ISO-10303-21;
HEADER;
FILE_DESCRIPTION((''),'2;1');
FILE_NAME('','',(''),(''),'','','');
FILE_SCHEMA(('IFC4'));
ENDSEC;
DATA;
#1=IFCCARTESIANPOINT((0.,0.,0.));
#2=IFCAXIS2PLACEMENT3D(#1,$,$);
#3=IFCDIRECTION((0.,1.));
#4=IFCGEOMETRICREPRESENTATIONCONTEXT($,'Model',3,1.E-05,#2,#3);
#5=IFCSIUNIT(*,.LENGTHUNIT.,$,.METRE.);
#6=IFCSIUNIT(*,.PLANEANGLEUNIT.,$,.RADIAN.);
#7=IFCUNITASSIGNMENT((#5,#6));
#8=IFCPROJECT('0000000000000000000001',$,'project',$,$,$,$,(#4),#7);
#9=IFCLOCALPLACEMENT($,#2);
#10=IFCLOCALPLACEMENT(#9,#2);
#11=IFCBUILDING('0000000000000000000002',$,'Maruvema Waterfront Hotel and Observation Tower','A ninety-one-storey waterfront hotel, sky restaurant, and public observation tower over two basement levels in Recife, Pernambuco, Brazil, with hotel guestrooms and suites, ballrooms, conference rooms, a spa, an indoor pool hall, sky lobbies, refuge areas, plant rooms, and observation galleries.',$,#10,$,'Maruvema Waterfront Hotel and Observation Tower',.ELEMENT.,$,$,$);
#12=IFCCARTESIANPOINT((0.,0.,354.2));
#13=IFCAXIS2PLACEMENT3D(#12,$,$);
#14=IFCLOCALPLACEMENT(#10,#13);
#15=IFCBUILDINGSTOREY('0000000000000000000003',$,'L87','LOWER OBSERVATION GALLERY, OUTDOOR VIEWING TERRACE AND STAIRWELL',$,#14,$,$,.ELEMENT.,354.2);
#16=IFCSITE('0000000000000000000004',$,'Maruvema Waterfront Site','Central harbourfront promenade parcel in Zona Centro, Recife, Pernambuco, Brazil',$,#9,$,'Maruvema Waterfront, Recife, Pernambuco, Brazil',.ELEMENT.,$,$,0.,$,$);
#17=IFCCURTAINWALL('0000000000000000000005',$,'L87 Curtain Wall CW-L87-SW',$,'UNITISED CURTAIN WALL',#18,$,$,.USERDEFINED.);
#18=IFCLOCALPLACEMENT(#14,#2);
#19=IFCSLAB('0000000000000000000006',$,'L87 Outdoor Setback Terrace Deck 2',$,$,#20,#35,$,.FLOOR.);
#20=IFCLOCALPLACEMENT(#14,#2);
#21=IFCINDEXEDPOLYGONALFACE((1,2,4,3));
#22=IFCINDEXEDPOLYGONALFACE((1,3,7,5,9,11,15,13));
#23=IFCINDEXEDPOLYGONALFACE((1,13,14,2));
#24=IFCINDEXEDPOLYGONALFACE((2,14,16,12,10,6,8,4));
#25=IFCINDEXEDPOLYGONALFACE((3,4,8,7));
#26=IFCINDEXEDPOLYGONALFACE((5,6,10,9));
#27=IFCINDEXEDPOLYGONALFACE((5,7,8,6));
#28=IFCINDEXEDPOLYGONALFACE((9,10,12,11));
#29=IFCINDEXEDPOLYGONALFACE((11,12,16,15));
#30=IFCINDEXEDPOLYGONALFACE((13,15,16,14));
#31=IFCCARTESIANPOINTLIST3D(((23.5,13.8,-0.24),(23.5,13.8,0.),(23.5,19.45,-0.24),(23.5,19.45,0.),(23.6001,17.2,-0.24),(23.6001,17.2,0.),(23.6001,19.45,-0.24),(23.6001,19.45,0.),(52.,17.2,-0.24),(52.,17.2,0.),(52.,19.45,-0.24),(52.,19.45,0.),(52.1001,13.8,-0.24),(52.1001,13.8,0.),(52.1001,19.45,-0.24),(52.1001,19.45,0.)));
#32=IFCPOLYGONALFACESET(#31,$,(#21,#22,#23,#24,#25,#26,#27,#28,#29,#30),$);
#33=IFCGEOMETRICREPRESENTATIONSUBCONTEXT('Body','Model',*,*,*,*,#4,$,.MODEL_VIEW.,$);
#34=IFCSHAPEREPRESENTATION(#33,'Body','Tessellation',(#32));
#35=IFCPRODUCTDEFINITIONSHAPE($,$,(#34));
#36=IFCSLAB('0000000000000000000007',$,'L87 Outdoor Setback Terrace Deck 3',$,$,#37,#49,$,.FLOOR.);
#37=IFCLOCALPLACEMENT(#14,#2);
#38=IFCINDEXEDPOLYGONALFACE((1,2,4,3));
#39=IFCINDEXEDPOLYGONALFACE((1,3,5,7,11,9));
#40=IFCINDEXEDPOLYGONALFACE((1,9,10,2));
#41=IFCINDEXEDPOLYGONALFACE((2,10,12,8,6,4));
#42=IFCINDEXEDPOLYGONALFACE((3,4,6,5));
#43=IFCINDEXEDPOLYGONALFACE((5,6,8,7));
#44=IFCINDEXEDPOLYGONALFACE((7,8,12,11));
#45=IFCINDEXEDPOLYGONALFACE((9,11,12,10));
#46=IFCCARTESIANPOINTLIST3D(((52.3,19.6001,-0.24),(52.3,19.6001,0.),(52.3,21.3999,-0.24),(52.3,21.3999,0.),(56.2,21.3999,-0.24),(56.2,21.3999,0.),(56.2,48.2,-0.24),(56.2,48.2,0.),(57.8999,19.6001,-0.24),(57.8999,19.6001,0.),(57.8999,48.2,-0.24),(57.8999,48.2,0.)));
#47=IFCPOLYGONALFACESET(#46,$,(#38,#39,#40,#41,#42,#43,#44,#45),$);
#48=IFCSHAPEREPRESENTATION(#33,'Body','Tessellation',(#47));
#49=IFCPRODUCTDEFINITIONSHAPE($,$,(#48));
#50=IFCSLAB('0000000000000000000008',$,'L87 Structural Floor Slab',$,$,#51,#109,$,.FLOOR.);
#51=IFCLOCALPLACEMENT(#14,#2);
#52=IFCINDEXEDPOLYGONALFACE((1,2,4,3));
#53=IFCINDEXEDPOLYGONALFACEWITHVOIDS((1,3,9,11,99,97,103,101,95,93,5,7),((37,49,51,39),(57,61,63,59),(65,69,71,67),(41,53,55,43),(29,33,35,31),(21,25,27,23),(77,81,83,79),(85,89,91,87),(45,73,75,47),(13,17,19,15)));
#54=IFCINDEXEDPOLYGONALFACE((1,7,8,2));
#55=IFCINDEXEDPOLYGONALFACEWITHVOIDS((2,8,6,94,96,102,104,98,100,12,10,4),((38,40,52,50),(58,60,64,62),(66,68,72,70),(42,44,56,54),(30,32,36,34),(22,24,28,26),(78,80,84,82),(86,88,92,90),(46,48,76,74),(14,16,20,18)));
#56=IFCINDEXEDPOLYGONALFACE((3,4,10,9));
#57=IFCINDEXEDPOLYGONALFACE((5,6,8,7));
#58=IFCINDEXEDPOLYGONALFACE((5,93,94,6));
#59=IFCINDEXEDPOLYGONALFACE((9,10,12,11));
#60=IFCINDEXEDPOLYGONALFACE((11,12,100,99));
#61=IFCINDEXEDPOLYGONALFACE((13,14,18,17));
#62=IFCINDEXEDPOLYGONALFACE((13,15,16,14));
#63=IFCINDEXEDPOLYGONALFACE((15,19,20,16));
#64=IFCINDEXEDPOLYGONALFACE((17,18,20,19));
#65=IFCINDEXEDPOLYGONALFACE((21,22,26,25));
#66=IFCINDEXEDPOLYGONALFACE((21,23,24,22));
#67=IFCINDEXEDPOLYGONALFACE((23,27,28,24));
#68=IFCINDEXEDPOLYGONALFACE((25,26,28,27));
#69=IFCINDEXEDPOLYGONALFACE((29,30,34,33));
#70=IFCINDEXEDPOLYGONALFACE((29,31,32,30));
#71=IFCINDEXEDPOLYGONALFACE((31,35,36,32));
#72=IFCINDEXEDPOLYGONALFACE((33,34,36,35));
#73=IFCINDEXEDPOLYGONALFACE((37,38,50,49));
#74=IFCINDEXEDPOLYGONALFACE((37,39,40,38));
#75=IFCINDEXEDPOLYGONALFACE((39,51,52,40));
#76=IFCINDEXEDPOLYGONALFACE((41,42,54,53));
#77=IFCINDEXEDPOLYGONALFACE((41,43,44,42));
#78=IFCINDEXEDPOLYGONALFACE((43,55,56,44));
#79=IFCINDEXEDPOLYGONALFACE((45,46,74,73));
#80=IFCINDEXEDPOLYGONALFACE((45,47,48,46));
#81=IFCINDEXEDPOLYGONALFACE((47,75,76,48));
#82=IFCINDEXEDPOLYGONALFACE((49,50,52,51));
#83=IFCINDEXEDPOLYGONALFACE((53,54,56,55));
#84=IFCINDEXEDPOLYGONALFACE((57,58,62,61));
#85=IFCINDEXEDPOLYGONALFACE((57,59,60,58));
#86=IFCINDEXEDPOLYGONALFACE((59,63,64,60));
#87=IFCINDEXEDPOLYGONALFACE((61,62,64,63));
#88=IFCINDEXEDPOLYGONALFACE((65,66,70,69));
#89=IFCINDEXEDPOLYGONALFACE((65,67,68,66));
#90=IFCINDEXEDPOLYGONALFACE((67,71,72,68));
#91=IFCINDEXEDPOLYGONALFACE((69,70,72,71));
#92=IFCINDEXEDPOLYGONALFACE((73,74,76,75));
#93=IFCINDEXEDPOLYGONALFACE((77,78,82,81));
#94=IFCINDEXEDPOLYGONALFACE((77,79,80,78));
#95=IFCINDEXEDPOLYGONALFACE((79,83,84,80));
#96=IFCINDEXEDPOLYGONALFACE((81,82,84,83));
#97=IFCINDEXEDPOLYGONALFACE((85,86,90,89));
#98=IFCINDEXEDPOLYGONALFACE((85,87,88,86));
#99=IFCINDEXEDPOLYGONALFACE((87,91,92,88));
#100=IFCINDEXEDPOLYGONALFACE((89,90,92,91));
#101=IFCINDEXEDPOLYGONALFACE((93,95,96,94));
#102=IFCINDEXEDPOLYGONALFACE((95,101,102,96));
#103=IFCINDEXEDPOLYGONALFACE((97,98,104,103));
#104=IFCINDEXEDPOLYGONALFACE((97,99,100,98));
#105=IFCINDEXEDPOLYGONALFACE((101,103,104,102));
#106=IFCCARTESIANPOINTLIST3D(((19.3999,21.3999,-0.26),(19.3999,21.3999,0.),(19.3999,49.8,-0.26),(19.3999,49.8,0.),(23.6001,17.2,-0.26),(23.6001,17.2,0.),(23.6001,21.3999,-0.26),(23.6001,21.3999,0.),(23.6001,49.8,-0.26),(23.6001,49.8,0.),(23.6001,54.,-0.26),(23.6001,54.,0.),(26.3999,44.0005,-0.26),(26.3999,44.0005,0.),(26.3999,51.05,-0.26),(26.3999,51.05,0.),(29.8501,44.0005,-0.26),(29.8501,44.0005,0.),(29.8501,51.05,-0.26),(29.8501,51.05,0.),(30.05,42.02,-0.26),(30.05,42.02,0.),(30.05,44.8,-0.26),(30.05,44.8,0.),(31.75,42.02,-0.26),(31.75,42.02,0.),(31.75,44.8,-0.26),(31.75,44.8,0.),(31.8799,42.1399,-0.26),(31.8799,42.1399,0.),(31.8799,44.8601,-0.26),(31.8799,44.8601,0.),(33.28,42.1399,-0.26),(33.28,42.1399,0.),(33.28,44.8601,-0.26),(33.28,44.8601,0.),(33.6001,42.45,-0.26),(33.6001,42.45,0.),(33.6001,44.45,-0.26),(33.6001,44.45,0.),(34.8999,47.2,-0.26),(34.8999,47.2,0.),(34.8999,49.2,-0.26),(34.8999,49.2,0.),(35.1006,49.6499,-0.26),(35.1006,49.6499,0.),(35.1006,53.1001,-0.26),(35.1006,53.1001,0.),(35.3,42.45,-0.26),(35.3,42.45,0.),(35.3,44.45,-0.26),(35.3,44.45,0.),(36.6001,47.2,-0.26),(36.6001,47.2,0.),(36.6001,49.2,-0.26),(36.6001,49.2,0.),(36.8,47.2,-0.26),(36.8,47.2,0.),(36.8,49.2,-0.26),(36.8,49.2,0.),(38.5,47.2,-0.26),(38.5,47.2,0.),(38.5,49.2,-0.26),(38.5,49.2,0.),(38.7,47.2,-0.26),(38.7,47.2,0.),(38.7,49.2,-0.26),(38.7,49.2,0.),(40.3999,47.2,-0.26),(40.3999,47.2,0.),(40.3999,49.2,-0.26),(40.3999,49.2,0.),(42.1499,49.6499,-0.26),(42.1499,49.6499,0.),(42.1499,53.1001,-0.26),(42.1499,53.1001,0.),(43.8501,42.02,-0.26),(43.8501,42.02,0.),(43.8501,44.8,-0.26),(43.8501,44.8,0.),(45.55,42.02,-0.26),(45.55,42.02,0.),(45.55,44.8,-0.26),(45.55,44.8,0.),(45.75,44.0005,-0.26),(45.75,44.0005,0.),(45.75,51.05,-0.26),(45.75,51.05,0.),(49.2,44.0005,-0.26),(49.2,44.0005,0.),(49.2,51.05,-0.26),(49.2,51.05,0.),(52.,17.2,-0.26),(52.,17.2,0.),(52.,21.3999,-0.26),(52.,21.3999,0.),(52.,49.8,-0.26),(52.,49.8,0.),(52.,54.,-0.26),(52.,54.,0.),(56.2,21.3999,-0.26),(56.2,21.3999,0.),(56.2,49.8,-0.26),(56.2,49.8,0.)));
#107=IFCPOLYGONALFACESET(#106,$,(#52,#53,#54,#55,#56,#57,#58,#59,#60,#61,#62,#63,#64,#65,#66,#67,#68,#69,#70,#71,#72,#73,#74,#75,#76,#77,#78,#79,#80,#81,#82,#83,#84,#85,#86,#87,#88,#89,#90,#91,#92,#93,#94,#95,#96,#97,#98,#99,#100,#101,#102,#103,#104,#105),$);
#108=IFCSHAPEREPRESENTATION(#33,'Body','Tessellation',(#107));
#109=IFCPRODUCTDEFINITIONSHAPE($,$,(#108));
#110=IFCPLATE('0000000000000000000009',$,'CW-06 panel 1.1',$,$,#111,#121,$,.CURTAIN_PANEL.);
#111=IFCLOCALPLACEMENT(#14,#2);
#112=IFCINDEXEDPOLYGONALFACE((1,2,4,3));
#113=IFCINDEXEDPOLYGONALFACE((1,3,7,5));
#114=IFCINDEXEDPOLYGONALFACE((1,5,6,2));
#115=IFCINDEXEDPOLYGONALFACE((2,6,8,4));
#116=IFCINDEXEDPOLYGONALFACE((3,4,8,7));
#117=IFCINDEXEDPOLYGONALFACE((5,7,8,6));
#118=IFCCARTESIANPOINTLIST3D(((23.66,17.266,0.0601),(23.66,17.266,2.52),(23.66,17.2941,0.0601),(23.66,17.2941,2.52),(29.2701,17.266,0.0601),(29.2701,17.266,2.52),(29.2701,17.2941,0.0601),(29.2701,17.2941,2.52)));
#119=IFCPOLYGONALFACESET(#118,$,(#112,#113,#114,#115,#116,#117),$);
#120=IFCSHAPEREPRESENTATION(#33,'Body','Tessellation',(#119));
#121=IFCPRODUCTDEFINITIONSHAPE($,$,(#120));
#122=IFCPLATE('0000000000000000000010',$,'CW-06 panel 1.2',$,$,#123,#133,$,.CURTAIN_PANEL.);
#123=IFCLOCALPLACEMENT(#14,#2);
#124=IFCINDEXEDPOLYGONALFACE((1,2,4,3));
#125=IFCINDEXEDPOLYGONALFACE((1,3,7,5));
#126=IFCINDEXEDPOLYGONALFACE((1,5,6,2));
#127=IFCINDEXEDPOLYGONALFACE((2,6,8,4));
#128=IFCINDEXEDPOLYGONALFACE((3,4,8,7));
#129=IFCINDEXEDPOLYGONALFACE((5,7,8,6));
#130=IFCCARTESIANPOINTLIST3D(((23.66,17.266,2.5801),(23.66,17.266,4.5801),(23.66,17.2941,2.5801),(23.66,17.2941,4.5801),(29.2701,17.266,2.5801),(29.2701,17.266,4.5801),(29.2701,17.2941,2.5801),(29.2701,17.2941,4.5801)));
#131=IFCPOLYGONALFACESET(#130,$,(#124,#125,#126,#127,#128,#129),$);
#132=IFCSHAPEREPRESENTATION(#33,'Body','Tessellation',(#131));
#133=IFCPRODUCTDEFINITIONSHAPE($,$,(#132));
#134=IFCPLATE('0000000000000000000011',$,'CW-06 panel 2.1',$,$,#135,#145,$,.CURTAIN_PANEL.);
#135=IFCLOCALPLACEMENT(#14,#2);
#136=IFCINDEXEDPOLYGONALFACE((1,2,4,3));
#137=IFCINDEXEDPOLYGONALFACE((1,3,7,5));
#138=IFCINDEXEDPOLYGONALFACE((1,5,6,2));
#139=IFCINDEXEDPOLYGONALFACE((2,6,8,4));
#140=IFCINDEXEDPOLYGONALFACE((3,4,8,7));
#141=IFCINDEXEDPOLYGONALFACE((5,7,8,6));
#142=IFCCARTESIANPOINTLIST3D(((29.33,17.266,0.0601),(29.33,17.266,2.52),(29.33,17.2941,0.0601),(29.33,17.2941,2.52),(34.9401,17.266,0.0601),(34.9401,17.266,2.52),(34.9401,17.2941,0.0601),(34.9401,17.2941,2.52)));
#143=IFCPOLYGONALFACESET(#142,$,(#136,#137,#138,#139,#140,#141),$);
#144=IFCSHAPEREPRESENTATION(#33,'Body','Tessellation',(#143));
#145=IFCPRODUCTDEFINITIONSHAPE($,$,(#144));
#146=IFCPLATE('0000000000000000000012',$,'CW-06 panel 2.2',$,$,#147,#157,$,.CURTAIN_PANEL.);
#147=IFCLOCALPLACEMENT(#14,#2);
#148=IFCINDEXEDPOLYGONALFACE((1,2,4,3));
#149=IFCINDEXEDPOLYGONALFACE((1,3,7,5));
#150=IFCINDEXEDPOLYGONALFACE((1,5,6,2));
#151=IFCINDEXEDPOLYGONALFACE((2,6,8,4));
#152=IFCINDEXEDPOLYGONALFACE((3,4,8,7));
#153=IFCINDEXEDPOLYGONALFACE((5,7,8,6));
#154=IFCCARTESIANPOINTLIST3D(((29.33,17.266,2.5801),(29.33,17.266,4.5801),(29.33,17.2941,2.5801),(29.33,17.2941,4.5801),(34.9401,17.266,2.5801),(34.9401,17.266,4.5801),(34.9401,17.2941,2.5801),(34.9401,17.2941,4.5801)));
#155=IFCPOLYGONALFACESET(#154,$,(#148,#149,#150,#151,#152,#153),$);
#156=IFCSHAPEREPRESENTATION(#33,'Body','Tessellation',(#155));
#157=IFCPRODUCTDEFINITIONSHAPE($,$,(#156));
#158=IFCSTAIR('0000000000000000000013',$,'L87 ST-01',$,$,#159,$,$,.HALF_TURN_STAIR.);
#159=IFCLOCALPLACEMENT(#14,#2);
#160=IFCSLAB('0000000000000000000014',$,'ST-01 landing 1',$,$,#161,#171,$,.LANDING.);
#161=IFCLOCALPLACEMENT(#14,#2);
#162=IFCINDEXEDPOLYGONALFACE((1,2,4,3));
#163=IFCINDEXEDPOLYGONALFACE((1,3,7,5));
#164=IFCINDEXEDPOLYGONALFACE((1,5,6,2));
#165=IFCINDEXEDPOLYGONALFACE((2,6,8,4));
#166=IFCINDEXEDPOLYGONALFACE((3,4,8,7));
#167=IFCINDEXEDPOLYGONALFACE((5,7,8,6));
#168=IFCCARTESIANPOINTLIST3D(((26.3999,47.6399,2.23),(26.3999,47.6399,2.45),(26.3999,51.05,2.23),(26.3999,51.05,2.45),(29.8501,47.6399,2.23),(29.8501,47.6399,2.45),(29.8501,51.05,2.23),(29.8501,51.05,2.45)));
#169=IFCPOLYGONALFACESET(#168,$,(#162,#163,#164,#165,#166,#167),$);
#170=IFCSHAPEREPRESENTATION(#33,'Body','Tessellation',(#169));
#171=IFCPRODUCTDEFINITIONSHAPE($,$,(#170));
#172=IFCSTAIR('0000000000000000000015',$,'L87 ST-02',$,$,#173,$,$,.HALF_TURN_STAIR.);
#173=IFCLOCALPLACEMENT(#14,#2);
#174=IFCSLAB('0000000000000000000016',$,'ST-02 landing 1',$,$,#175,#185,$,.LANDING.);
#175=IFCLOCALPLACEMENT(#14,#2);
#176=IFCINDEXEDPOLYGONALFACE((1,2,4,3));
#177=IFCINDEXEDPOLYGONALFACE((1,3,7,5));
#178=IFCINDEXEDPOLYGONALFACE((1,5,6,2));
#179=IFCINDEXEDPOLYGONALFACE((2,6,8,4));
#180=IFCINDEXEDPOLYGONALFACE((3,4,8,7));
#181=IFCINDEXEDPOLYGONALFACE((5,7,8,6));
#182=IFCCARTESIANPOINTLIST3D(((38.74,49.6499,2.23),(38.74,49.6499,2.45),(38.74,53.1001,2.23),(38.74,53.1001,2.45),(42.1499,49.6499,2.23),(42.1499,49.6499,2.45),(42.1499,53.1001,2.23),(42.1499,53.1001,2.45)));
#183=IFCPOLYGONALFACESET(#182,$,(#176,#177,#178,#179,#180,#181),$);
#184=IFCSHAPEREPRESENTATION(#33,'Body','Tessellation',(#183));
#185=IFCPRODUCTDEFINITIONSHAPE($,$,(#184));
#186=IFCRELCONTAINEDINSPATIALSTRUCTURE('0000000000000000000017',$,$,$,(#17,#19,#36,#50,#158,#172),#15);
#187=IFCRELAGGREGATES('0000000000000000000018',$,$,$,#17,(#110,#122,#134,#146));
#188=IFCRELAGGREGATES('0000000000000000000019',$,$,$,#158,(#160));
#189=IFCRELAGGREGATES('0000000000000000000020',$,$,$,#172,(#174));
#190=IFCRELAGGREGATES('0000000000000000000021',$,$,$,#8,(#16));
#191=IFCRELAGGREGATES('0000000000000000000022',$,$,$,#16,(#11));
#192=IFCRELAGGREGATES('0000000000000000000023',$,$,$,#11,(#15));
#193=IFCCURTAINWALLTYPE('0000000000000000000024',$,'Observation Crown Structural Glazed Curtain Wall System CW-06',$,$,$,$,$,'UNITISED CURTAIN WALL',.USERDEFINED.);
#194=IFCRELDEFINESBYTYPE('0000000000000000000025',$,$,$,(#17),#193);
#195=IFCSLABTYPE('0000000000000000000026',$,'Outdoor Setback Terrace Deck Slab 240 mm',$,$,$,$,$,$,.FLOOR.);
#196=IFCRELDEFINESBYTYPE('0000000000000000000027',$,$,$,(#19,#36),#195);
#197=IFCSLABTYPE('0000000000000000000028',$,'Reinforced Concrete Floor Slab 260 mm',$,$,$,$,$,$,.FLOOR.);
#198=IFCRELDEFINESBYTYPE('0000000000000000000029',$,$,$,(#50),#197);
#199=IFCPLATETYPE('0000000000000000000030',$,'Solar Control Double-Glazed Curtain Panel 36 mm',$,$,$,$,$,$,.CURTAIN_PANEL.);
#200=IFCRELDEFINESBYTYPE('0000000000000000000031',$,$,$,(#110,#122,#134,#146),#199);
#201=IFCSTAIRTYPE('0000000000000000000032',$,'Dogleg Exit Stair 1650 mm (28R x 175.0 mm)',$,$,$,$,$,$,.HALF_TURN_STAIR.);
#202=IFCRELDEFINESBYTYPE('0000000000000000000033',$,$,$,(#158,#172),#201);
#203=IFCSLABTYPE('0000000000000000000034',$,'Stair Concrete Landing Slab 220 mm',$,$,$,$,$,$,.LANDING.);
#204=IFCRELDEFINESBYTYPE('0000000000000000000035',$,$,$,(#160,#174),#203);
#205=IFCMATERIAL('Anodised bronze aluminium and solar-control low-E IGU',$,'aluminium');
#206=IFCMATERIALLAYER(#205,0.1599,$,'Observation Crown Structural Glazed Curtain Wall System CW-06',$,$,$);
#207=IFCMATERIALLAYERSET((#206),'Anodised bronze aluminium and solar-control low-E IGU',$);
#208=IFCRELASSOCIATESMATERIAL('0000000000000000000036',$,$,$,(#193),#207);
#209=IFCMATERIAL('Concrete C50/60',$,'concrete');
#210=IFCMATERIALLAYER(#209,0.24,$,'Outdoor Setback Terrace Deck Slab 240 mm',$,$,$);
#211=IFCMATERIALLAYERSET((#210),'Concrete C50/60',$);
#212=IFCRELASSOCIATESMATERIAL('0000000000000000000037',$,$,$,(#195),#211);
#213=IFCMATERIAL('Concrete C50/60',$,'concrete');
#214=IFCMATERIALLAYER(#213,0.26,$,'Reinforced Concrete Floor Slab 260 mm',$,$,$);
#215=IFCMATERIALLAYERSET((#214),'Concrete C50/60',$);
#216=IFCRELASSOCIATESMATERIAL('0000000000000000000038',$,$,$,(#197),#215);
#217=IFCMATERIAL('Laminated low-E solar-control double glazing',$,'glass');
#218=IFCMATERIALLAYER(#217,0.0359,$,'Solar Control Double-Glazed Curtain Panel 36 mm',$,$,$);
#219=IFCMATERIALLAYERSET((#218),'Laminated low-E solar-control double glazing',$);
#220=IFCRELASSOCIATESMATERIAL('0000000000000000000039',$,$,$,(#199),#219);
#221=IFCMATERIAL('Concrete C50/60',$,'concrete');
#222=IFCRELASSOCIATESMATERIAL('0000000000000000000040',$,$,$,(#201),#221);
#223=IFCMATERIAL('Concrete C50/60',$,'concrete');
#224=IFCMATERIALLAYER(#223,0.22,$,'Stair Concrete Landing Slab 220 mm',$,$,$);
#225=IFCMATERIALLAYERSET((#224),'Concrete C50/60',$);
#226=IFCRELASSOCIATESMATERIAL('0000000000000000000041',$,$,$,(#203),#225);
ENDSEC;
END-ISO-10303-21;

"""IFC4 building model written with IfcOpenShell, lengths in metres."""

from ifc_helpers import new_model, si_unit, direction, frame, origin, origin_2d, place, context, subcontext, project, spatial, polyline, rectangle, outline, extrude, material, layer, layer_set, type_object, element, aggregate, save


model = new_model("IFC4")

# Units and contexts
model_context = context("Model", 3, precision=1e-05, world=origin(), true_north=direction((0.0, 1.0)))
body_context = subcontext(model_context, "Body", "Model", "MODEL_VIEW")
ifc_project = project(units=[si_unit("LENGTHUNIT", "METRE"), si_unit("PLANEANGLEUNIT", "RADIAN")], contexts=[model_context])

# Site, building, storey
site_placement = place(None, origin())
site = spatial("IfcSite", under=ifc_project, at=site_placement, Name="Maruvema Waterfront Site", Description="Central harbourfront promenade parcel in Zona Centro, Recife, Pernambuco, Brazil", LongName="Maruvema Waterfront, Recife, Pernambuco, Brazil", CompositionType="ELEMENT", RefElevation=0.0)
building_placement = place(site_placement, origin())
building = spatial("IfcBuilding", under=site, at=building_placement, Name="Maruvema Waterfront Hotel and Observation Tower", Description="A ninety-one-storey waterfront hotel, sky restaurant, and public observation tower over two basement levels in Recife, Pernambuco, Brazil, with hotel guestrooms and suites, ballrooms, conference rooms, a spa, an indoor pool hall, sky lobbies, refuge areas, plant rooms, and observation galleries.", LongName="Maruvema Waterfront Hotel and Observation Tower", CompositionType="ELEMENT")
storey_placement = place(building_placement, frame((0.0, 0.0, 354.2)))
storey = spatial("IfcBuildingStorey", under=building, at=storey_placement, Name="L87", Description="LOWER OBSERVATION GALLERY, OUTDOOR VIEWING TERRACE AND STAIRWELL", CompositionType="ELEMENT", Elevation=354.2)

# Curtain wall
ifc_material_1 = material(Name="Anodised bronze aluminium and solar-control low-E IGU", Category="aluminium")
ifc_layer_1 = layer(ifc_material_1, 0.1599, Name="Observation Crown Structural Glazed Curtain Wall System CW-06")
ifc_layer_set_1 = layer_set([ifc_layer_1], Name="Anodised bronze aluminium and solar-control low-E IGU")
curtain_wall_type = type_object("IfcCurtainWallType", Name="Observation Crown Structural Glazed Curtain Wall System CW-06", ElementType="UNITISED CURTAIN WALL", PredefinedType="USERDEFINED", material=ifc_layer_set_1)
curtain_wall_placement = place(storey_placement, origin())
curtain_wall = element("IfcCurtainWall", 1, at=curtain_wall_placement, inside=storey, type_object=curtain_wall_type, Name="L87 Curtain Wall CW-L87-SW", ObjectType="UNITISED CURTAIN WALL", PredefinedType="USERDEFINED")

# Slabs
ifc_material_2 = material(Name="Concrete C50/60", Category="concrete")
ifc_layer_2 = layer(ifc_material_2, 0.24, Name="Outdoor Setback Terrace Deck Slab 240 mm")
ifc_layer_set_2 = layer_set([ifc_layer_2], Name="Concrete C50/60")
slab_type_1 = type_object("IfcSlabType", Name="Outdoor Setback Terrace Deck Slab 240 mm", PredefinedType="FLOOR", material=ifc_layer_set_2)
slab_1_placement = place(storey_placement, frame((0.0, 0.0, -0.24)))
element("IfcSlab", 2, at=slab_1_placement, inside=storey, type_object=slab_type_1, Name="L87 Outdoor Setback Terrace Deck 2", PredefinedType="FLOOR", context=body_context, shape_type="SweptSolid", body=[
    extrude(outline(polyline([(52.1001, 13.8), (23.5, 13.8), (23.5, 19.45), (23.6001, 19.45), (23.6001, 17.2), (52.0, 17.2), (52.0, 19.45), (52.1001, 19.45), (52.1001, 13.8)])), origin(), (0.0, 0.0, 1.0), 0.24),
])
slab_2_placement = place(storey_placement, frame((0.0, 0.0, -0.24)))
element("IfcSlab", 3, at=slab_2_placement, inside=storey, type_object=slab_type_1, Name="L87 Outdoor Setback Terrace Deck 3", PredefinedType="FLOOR", context=body_context, shape_type="SweptSolid", body=[
    extrude(outline(polyline([(52.3, 19.6001), (52.3, 21.3999), (56.2, 21.3999), (56.2, 48.2), (57.8999, 48.2), (57.8999, 19.6001), (52.3, 19.6001)])), origin(), (0.0, 0.0, 1.0), 0.24),
])
ifc_material_3 = material(Name="Concrete C50/60", Category="concrete")
ifc_layer_3 = layer(ifc_material_3, 0.26, Name="Reinforced Concrete Floor Slab 260 mm")
ifc_layer_set_3 = layer_set([ifc_layer_3], Name="Concrete C50/60")
slab_type_2 = type_object("IfcSlabType", Name="Reinforced Concrete Floor Slab 260 mm", PredefinedType="FLOOR", material=ifc_layer_set_3)
slab_3_placement = place(storey_placement, frame((0.0, 0.0, -0.26)))
element("IfcSlab", 4, at=slab_3_placement, inside=storey, type_object=slab_type_2, Name="L87 Structural Floor Slab", PredefinedType="FLOOR", context=body_context, shape_type="SweptSolid", body=[
    extrude(outline(polyline([(23.6001, 17.2), (52.0, 17.2), (52.0, 21.3999), (56.2, 21.3999), (56.2, 49.8), (52.0, 49.8), (52.0, 54.0), (23.6001, 54.0), (23.6001, 49.8), (19.3999, 49.8), (19.3999, 21.3999), (23.6001, 21.3999), (23.6001, 17.2)]), holes=[polyline([(26.3999, 44.0005), (26.3999, 51.05), (29.8501, 51.05), (29.8501, 44.0005), (26.3999, 44.0005)]), polyline([(30.05, 42.02), (30.05, 44.8), (31.75, 44.8), (31.75, 42.02), (30.05, 42.02)]), polyline([(31.8799, 44.8601), (33.28, 44.8601), (33.28, 42.1399), (31.8799, 42.1399), (31.8799, 44.8601)]), polyline([(33.6001, 42.45), (33.6001, 44.45), (35.3, 44.45), (35.3, 42.45), (33.6001, 42.45)]), polyline([(34.8999, 47.2), (34.8999, 49.2), (36.6001, 49.2), (36.6001, 47.2), (34.8999, 47.2)]), polyline([(36.8, 47.2), (36.8, 49.2), (38.5, 49.2), (38.5, 47.2), (36.8, 47.2)]), polyline([(35.1006, 53.1001), (42.1499, 53.1001), (42.1499, 49.6499), (35.1006, 49.6499), (35.1006, 53.1001)]), polyline([(38.7, 49.2), (40.3999, 49.2), (40.3999, 47.2), (38.7, 47.2), (38.7, 49.2)]), polyline([(43.8501, 42.02), (43.8501, 44.8), (45.55, 44.8), (45.55, 42.02), (43.8501, 42.02)]), polyline([(49.2, 44.0005), (45.75, 44.0005), (45.75, 51.05), (49.2, 51.05), (49.2, 44.0005)])]), origin(), (0.0, 0.0, 1.0), 0.26),
])

# Plates
ifc_material_4 = material(Name="Laminated low-E solar-control double glazing", Category="glass")
ifc_layer_4 = layer(ifc_material_4, 0.0359, Name="Solar Control Double-Glazed Curtain Panel 36 mm")
ifc_layer_set_4 = layer_set([ifc_layer_4], Name="Laminated low-E solar-control double glazing")
plate_type = type_object("IfcPlateType", Name="Solar Control Double-Glazed Curtain Panel 36 mm", PredefinedType="CURTAIN_PANEL", material=ifc_layer_set_4)
plate_1_placement = place(storey_placement, frame((26.4651, 17.28, 0.0601), z_axis=(0.0, 0.0, 1.0), x_axis=(1.0, 0.0, 0.0)))
plate_1 = element("IfcPlate", 5, at=plate_1_placement, type_object=plate_type, Name="CW-06 panel 1.1", PredefinedType="CURTAIN_PANEL", context=body_context, shape_type="SweptSolid", body=[
    extrude(rectangle(XDim=5.6101, YDim=0.0281, at=origin_2d()), origin(), (0.0, 0.0, 1.0), 2.46),
])
plate_2_placement = place(storey_placement, frame((26.4651, 17.28, 2.5801), z_axis=(0.0, 0.0, 1.0), x_axis=(1.0, 0.0, 0.0)))
plate_2 = element("IfcPlate", 6, at=plate_2_placement, type_object=plate_type, Name="CW-06 panel 1.2", PredefinedType="CURTAIN_PANEL", context=body_context, shape_type="SweptSolid", body=[
    extrude(rectangle(XDim=5.6101, YDim=0.0281, at=origin_2d()), origin(), (0.0, 0.0, 1.0), 2.0),
])
plate_3_placement = place(storey_placement, frame((32.135, 17.28, 0.0601), z_axis=(0.0, 0.0, 1.0), x_axis=(1.0, 0.0, 0.0)))
plate_3 = element("IfcPlate", 7, at=plate_3_placement, type_object=plate_type, Name="CW-06 panel 2.1", PredefinedType="CURTAIN_PANEL", context=body_context, shape_type="SweptSolid", body=[
    extrude(rectangle(XDim=5.6101, YDim=0.0281, at=origin_2d()), origin(), (0.0, 0.0, 1.0), 2.46),
])
plate_4_placement = place(storey_placement, frame((32.135, 17.28, 2.5801), z_axis=(0.0, 0.0, 1.0), x_axis=(1.0, 0.0, 0.0)))
plate_4 = element("IfcPlate", 8, at=plate_4_placement, type_object=plate_type, Name="CW-06 panel 2.2", PredefinedType="CURTAIN_PANEL", context=body_context, shape_type="SweptSolid", body=[
    extrude(rectangle(XDim=5.6101, YDim=0.0281, at=origin_2d()), origin(), (0.0, 0.0, 1.0), 2.0),
])
aggregate(curtain_wall, [plate_1, plate_2, plate_3, plate_4])

# Stairs, slabs
ifc_material_5 = material(Name="Concrete C50/60", Category="concrete")
stair_type = type_object("IfcStairType", Name="Dogleg Exit Stair 1650 mm (28R x 175.0 mm)", PredefinedType="HALF_TURN_STAIR", material=ifc_material_5)
stair_1_placement = place(storey_placement, origin())
stair_1 = element("IfcStair", 9, at=stair_1_placement, inside=storey, type_object=stair_type, Name="L87 ST-01", PredefinedType="HALF_TURN_STAIR")
ifc_material_6 = material(Name="Concrete C50/60", Category="concrete")
ifc_layer_5 = layer(ifc_material_6, 0.22, Name="Stair Concrete Landing Slab 220 mm")
ifc_layer_set_5 = layer_set([ifc_layer_5], Name="Concrete C50/60")
slab_type_3 = type_object("IfcSlabType", Name="Stair Concrete Landing Slab 220 mm", PredefinedType="LANDING", material=ifc_layer_set_5)
slab_4_placement = place(storey_placement, frame((0.0, 0.0, 2.23)))
slab_4 = element("IfcSlab", 10, at=slab_4_placement, type_object=slab_type_3, Name="ST-01 landing 1", PredefinedType="LANDING", context=body_context, shape_type="SweptSolid", body=[
    extrude(outline(polyline([(29.8501, 47.6399), (29.8501, 51.05), (26.3999, 51.05), (26.3999, 47.6399), (29.8501, 47.6399)])), origin(), (0.0, 0.0, 1.0), 0.22),
])
aggregate(stair_1, [slab_4])
stair_2_placement = place(storey_placement, origin())
stair_2 = element("IfcStair", 11, at=stair_2_placement, inside=storey, type_object=stair_type, Name="L87 ST-02", PredefinedType="HALF_TURN_STAIR")
slab_5_placement = place(storey_placement, frame((0.0, 0.0, 2.23)))
slab_5 = element("IfcSlab", 12, at=slab_5_placement, type_object=slab_type_3, Name="ST-02 landing 1", PredefinedType="LANDING", context=body_context, shape_type="SweptSolid", body=[
    extrude(outline(polyline([(38.74, 49.6499), (42.1499, 49.6499), (42.1499, 53.1001), (38.74, 53.1001), (38.74, 49.6499)])), origin(), (0.0, 0.0, 1.0), 0.22),
])
aggregate(stair_2, [slab_5])

save(model, "model.ifc")
